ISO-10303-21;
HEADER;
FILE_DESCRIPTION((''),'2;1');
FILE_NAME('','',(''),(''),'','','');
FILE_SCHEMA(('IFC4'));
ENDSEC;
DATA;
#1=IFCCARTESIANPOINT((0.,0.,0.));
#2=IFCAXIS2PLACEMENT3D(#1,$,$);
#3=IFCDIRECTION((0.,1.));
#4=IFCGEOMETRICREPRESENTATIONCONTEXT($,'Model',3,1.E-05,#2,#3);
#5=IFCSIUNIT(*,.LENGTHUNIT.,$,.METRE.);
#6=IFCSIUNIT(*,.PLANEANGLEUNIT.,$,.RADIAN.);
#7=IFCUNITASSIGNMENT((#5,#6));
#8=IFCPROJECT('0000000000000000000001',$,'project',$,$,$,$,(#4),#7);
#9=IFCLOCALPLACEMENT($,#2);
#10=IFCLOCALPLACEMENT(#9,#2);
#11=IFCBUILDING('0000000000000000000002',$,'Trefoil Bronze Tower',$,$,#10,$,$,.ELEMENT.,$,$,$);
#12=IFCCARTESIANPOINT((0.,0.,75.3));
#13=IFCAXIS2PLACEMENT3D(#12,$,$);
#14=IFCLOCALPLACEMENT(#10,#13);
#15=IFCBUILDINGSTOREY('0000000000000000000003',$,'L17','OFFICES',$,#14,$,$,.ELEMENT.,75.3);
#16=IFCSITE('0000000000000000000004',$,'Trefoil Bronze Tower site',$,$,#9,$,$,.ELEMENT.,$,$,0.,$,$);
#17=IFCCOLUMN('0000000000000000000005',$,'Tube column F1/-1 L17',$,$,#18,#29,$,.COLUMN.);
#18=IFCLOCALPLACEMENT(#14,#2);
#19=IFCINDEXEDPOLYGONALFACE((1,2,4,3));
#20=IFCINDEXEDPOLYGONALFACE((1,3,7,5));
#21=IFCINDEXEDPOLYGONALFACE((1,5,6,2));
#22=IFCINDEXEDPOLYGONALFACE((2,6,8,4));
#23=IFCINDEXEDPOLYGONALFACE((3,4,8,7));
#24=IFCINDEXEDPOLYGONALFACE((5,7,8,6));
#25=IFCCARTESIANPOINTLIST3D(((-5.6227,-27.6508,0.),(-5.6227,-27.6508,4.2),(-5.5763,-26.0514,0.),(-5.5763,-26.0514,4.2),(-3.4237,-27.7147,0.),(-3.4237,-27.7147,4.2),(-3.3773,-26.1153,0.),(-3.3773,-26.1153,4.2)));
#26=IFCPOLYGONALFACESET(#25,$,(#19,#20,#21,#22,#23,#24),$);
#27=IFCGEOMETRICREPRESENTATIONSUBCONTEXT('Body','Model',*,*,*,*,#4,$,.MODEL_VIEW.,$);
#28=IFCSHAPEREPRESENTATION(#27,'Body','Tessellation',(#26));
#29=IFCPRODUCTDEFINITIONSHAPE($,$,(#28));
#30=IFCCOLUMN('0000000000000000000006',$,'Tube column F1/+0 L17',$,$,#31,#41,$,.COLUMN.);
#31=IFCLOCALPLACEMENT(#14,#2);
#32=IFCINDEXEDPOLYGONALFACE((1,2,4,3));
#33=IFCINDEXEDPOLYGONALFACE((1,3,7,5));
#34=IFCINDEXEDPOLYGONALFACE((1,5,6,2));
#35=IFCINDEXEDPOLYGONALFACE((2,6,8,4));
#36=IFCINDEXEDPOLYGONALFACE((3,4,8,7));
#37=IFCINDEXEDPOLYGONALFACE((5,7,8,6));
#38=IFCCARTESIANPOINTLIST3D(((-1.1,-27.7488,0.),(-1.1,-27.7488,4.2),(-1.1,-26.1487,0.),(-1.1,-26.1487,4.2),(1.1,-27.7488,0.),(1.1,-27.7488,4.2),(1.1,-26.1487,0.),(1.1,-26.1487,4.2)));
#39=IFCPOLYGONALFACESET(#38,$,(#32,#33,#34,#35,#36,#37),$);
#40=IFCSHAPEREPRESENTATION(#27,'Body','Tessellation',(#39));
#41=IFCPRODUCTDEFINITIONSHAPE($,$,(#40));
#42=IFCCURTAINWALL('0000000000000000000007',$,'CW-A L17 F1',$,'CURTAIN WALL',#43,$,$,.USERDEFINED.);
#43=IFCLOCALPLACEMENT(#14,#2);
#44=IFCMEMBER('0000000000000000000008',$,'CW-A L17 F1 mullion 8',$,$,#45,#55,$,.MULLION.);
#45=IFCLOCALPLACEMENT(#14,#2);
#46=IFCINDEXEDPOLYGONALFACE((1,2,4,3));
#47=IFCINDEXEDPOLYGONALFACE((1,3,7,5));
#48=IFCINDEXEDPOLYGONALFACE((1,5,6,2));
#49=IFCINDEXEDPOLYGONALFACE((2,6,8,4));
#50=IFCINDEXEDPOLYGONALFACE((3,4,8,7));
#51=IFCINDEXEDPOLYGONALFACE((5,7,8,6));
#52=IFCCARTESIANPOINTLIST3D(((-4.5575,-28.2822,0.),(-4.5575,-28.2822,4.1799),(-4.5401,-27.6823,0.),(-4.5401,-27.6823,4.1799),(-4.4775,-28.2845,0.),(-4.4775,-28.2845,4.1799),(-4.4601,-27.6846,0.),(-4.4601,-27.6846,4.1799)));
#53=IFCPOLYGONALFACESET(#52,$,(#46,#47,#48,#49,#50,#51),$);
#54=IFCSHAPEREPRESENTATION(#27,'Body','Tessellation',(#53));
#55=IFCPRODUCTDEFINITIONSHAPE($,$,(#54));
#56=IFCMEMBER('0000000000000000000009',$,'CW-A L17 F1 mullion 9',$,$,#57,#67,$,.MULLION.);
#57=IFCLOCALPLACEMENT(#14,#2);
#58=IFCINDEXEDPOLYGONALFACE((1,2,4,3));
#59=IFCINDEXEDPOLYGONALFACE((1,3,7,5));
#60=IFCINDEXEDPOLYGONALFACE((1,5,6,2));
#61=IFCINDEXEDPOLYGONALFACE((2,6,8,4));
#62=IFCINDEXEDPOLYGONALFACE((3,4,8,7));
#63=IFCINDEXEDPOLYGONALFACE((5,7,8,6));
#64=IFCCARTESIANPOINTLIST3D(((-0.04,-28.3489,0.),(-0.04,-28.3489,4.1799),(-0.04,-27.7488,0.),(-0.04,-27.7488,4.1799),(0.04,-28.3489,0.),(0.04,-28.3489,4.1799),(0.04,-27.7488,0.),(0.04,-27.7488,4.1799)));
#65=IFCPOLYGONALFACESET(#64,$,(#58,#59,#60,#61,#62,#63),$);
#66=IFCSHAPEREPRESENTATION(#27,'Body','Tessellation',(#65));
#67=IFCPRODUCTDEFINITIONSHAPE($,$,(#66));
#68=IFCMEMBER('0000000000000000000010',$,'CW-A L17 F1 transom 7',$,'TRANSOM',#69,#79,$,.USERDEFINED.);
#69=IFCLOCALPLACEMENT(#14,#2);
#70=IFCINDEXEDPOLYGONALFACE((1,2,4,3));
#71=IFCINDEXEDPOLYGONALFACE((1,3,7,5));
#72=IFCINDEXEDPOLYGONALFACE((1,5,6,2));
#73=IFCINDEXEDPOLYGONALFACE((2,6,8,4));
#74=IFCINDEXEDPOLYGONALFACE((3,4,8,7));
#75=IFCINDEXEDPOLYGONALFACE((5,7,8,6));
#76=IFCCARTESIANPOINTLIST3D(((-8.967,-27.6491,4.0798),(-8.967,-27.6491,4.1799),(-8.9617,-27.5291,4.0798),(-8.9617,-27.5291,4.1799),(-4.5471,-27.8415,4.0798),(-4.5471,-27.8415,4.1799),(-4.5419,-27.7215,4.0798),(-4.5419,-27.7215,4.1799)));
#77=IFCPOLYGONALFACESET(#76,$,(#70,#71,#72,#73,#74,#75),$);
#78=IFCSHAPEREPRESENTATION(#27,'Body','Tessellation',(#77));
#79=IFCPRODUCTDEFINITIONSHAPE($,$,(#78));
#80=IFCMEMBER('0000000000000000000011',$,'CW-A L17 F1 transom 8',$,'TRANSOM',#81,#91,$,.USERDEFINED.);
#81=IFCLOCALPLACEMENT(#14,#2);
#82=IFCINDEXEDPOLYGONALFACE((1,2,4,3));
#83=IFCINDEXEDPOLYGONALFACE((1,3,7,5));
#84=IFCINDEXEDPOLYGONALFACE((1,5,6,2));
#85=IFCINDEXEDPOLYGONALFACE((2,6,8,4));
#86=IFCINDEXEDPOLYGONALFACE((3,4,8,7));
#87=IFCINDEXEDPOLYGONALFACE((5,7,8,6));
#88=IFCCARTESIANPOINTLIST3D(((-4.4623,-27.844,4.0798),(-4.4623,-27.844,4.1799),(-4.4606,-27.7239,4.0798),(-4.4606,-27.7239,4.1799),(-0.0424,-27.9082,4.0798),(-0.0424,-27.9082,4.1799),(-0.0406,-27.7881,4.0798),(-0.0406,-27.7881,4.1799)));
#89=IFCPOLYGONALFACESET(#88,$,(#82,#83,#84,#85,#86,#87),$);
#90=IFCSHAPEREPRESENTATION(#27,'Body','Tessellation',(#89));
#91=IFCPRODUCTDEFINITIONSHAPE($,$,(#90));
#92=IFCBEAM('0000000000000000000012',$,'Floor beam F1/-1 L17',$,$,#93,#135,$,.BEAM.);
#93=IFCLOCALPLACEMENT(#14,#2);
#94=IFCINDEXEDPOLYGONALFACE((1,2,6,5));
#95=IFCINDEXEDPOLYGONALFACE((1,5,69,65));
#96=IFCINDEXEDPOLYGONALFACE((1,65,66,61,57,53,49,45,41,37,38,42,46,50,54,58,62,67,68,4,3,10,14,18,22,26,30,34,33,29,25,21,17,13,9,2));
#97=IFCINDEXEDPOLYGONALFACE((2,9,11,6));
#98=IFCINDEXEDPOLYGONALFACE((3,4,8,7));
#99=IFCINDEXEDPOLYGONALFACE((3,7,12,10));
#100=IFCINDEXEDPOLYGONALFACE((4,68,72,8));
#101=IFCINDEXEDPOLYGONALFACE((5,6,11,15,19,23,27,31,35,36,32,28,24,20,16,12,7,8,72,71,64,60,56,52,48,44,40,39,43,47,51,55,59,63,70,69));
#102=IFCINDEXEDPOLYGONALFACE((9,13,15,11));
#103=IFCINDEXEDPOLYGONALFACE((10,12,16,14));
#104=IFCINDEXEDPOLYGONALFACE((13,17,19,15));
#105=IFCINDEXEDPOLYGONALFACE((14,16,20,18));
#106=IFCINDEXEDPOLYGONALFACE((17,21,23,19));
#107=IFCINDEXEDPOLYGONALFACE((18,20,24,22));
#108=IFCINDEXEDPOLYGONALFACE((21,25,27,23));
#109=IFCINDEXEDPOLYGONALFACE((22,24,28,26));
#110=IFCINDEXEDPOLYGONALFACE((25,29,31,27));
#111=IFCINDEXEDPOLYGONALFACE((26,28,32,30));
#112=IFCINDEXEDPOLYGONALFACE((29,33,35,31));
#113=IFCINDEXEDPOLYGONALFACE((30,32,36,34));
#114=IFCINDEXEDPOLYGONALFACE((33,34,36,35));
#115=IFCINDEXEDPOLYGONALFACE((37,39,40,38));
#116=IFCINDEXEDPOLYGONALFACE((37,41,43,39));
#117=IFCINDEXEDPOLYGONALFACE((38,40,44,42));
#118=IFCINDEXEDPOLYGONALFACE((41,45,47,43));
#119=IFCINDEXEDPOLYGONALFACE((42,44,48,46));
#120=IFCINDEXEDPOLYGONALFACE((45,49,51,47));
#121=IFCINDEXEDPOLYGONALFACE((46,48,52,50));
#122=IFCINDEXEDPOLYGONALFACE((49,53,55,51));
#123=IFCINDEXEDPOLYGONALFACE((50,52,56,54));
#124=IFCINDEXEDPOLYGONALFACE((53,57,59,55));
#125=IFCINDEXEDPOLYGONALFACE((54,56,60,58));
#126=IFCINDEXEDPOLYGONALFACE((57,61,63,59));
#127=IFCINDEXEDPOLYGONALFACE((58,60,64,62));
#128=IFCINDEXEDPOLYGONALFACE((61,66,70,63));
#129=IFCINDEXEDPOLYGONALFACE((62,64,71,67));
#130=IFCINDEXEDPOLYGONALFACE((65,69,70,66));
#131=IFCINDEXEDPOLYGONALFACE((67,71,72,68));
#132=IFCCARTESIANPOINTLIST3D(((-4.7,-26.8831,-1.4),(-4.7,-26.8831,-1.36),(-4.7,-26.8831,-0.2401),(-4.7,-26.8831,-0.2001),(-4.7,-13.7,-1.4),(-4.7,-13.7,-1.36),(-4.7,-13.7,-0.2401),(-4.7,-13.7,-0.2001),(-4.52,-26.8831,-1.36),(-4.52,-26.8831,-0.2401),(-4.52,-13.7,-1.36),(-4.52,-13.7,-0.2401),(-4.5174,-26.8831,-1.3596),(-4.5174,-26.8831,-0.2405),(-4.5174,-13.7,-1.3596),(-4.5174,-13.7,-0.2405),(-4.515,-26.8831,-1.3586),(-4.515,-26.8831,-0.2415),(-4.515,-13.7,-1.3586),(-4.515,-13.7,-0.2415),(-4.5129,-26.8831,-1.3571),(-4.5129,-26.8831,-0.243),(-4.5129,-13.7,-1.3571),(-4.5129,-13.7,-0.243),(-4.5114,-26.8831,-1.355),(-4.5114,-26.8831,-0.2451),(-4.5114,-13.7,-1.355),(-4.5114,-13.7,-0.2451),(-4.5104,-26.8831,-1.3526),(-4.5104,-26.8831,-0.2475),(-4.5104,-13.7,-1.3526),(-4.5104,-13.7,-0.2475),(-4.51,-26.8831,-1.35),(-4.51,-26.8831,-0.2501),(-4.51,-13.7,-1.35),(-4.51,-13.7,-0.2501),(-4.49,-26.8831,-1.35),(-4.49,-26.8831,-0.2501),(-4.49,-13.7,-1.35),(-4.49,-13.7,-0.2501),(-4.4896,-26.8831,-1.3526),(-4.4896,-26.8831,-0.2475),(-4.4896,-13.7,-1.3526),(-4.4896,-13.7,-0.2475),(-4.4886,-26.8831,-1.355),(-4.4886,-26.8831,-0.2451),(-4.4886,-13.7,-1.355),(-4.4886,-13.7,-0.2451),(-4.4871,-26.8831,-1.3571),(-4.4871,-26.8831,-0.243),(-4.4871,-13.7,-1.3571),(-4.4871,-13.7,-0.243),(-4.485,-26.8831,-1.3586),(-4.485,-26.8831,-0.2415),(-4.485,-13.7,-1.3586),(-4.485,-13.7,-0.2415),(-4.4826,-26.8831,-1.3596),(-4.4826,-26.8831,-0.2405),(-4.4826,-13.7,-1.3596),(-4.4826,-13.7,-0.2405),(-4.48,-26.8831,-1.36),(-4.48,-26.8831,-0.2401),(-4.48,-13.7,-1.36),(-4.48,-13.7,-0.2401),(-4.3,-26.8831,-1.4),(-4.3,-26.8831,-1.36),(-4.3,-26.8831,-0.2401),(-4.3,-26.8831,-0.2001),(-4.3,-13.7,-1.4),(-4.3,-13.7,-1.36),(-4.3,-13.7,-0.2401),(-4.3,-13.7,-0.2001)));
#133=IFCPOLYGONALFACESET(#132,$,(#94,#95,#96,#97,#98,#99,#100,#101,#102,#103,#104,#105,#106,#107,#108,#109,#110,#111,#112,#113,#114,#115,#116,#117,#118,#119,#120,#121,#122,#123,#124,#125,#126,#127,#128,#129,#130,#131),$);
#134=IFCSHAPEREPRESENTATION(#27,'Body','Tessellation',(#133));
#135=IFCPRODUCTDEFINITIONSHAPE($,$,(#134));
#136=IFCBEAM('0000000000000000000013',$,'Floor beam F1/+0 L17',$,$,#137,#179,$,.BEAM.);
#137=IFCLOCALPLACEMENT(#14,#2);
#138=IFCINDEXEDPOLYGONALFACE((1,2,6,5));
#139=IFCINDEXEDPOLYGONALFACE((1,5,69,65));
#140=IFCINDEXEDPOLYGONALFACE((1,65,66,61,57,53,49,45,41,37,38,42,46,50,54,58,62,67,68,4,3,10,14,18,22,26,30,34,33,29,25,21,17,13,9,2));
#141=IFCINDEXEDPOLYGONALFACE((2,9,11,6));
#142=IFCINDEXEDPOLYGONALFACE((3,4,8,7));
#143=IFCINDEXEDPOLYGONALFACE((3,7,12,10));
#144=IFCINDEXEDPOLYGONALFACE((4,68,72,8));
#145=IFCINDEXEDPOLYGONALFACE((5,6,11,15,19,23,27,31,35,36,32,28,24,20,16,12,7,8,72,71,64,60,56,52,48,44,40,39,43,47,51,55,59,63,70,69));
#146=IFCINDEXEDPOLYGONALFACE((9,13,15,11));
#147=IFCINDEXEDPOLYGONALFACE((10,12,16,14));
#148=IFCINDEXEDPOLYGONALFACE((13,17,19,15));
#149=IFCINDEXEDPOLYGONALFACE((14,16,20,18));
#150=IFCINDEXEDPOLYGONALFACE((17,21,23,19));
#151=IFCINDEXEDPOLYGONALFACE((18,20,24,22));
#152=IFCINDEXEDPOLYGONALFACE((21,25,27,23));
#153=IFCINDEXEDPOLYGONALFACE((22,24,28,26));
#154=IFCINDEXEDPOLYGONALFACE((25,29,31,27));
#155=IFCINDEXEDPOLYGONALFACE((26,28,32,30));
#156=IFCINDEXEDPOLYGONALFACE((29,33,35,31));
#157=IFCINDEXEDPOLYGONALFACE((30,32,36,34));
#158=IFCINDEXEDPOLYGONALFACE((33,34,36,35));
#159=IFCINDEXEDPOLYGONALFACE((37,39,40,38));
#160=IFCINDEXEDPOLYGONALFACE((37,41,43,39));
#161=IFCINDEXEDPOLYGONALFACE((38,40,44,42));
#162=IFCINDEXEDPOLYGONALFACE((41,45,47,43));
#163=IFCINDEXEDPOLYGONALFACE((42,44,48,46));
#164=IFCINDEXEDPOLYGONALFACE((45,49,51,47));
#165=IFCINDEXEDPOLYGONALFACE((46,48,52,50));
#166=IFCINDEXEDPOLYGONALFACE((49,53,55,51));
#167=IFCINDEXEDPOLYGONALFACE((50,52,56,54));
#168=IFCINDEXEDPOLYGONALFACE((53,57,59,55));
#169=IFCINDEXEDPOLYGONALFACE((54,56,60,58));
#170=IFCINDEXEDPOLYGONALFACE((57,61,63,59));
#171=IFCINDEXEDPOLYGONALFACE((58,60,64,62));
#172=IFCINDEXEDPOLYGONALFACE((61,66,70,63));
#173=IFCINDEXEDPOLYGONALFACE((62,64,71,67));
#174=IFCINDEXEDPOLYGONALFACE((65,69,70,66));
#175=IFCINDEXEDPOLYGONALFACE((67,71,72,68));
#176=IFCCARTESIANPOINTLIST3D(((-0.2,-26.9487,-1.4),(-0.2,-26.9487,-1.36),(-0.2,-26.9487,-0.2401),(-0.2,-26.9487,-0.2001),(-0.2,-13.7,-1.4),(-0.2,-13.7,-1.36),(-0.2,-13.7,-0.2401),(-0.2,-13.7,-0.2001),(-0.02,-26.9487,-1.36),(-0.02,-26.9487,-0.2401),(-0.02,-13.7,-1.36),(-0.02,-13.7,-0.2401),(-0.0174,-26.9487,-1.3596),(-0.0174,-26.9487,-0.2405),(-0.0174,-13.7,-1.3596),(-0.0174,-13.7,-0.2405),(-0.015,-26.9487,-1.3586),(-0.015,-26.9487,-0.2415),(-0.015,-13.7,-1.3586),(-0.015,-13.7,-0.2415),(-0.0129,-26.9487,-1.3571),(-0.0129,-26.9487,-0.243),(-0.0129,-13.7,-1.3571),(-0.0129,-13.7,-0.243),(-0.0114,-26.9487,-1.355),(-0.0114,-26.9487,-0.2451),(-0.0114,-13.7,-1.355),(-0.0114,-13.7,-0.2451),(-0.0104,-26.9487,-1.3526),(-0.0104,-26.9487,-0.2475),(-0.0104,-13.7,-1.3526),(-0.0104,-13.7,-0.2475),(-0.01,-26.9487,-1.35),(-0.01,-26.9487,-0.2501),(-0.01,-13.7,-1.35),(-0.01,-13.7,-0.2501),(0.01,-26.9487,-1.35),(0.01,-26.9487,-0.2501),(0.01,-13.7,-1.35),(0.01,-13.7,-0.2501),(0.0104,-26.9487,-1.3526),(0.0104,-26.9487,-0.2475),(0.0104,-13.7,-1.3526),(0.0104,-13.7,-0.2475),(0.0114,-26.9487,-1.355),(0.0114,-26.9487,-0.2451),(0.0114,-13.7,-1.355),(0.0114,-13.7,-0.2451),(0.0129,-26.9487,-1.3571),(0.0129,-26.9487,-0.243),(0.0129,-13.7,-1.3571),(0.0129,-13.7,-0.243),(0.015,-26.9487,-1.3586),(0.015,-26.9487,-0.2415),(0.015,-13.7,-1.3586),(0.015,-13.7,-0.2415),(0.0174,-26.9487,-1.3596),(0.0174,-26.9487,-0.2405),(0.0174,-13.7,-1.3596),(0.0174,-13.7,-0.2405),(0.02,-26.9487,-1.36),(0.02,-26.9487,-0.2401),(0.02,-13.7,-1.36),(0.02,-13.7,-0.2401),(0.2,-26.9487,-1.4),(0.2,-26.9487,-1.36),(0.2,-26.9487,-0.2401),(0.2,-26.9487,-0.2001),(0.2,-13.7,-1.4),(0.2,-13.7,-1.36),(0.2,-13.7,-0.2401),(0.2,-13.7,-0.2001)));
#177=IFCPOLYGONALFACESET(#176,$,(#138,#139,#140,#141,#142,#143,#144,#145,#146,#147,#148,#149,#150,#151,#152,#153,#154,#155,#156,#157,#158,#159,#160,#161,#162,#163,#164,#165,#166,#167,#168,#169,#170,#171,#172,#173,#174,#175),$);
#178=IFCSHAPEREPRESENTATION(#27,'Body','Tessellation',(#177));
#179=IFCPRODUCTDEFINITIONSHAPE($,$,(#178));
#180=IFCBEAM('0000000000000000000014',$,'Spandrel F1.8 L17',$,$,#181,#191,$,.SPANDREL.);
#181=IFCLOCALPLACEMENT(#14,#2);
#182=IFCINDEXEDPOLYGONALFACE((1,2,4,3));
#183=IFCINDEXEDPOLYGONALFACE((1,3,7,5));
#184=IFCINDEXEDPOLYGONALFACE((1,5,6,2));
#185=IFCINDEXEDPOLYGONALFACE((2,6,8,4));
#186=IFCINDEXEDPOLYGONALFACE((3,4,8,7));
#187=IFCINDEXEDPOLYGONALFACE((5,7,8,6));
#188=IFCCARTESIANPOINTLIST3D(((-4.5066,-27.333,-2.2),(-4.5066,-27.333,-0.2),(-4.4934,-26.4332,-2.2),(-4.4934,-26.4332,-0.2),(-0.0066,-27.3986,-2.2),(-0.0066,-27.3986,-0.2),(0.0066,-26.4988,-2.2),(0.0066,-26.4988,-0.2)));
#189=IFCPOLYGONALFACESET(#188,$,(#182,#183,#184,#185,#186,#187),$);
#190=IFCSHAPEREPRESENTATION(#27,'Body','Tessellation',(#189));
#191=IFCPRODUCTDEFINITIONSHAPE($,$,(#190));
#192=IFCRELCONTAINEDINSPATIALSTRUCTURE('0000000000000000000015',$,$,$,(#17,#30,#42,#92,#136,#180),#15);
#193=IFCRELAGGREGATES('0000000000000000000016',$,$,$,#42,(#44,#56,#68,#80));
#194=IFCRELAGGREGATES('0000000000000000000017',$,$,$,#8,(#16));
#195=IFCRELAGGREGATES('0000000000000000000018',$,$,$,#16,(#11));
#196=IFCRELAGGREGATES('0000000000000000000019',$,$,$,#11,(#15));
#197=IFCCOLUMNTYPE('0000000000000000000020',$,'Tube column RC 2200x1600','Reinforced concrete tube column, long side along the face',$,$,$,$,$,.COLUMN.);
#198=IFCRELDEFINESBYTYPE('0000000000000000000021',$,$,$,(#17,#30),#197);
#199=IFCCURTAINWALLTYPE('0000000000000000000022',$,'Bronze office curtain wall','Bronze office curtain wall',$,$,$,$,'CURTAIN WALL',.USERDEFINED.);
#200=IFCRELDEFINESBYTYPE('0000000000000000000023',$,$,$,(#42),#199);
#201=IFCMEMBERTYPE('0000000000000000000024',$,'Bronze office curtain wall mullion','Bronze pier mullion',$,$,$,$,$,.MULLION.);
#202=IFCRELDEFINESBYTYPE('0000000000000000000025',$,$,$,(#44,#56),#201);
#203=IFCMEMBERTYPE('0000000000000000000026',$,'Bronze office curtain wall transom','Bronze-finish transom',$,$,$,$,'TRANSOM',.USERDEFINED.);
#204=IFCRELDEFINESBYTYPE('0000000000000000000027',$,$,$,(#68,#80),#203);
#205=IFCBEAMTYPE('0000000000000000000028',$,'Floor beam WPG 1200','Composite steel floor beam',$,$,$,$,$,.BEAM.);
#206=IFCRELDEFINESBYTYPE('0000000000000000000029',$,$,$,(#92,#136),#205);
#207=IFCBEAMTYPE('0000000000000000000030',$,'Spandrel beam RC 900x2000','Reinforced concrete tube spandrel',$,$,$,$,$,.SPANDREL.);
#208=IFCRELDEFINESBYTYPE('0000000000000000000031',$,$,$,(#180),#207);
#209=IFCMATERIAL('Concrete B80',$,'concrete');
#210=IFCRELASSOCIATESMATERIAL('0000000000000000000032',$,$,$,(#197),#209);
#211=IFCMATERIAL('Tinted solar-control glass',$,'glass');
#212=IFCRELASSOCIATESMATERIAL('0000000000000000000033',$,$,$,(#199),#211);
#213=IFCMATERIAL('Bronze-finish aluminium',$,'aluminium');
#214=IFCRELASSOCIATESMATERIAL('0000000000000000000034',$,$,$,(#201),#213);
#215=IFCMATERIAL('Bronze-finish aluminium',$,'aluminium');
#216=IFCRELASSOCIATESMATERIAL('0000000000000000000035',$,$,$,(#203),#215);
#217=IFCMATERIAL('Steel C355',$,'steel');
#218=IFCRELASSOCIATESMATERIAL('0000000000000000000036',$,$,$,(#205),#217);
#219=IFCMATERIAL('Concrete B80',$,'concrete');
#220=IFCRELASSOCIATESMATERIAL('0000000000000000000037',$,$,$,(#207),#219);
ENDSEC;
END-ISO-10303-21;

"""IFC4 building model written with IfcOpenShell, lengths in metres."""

from ifc_helpers import new_model, si_unit, direction, frame, origin, origin_2d, place, context, subcontext, project, spatial, rectangle, i_section, extrude, material, material_profile, profile_set, type_object, element, aggregate, save


model = new_model("IFC4")

# Units and contexts
model_context = context("Model", 3, precision=1e-05, world=origin(), true_north=direction((0.0, 1.0)))
body_context = subcontext(model_context, "Body", "Model", "MODEL_VIEW")
ifc_project = project(units=[si_unit("LENGTHUNIT", "METRE"), si_unit("PLANEANGLEUNIT", "RADIAN")], contexts=[model_context])

# Site, building, storey
site_placement = place(None, origin())
site = spatial("IfcSite", under=ifc_project, at=site_placement, Name="Trefoil Bronze Tower site", CompositionType="ELEMENT", RefElevation=0.0)
building_placement = place(site_placement, origin())
building = spatial("IfcBuilding", under=site, at=building_placement, Name="Trefoil Bronze Tower", CompositionType="ELEMENT")
storey_placement = place(building_placement, frame((0.0, 0.0, 75.3)))
storey = spatial("IfcBuildingStorey", under=building, at=storey_placement, Name="L17", Description="OFFICES", CompositionType="ELEMENT", Elevation=75.3)

# Columns
ifc_material_1 = material(Name="Concrete B80", Category="concrete")
ifc_material_profile_1 = material_profile(ifc_material_1, rectangle(XDim=2.2, YDim=1.6001, at=origin_2d()), Name="RC 2200x1600")
ifc_profile_set_1 = profile_set([ifc_material_profile_1], Name="Concrete B80")
column_type = type_object("IfcColumnType", Name="Tube column RC 2200x1600", Description="Reinforced concrete tube column, long side along the face", PredefinedType="COLUMN", material=ifc_profile_set_1)
for number, where, z_axis, x_axis, name in (
    (1, (-4.5, -26.8831, 0.0), (0.0, 0.0, 1.0), (0.999579, -0.029022, 0.0), "Tube column F1/-1 L17"),
    (2, (0.0, -26.9487, 0.0), (0.0, 0.0, 1.0), (1.0, 0.0, 0.0), "Tube column F1/+0 L17"),
):
    element("IfcColumn", number, at=place(storey_placement, frame(where, z_axis=z_axis, x_axis=x_axis)), inside=storey, type_object=column_type, Name=name, PredefinedType="COLUMN", context=body_context, shape_type="SweptSolid", body=[
        extrude(rectangle(XDim=2.2, YDim=1.6001, at=origin_2d()), origin(), (0.0, 0.0, 1.0), 4.2),
    ])

# Curtain wall, members
ifc_material_2 = material(Name="Tinted solar-control glass", Category="glass")
curtain_wall_type = type_object("IfcCurtainWallType", Name="Bronze office curtain wall", Description="Bronze office curtain wall", ElementType="CURTAIN WALL", PredefinedType="USERDEFINED", material=ifc_material_2)
curtain_wall_placement = place(storey_placement, origin())
curtain_wall = element("IfcCurtainWall", 3, at=curtain_wall_placement, inside=storey, type_object=curtain_wall_type, Name="CW-A L17 F1", ObjectType="CURTAIN WALL", PredefinedType="USERDEFINED")
ifc_material_3 = material(Name="Bronze-finish aluminium", Category="aluminium")
ifc_material_profile_2 = material_profile(ifc_material_3, rectangle(XDim=0.6001, YDim=0.0801, at=origin_2d()), Name="CW-A mullion")
ifc_profile_set_2 = profile_set([ifc_material_profile_2], Name="Bronze-finish aluminium")
member_type_1 = type_object("IfcMemberType", Name="Bronze office curtain wall mullion", Description="Bronze pier mullion", PredefinedType="MULLION", material=ifc_profile_set_2)
member_1_placement = place(storey_placement, frame((-4.5088, -27.9834, 0.0), z_axis=(0.0, 0.0, 1.0), x_axis=(0.029022, 0.999579, 0.0)))
member_1 = element("IfcMember", 4, at=member_1_placement, type_object=member_type_1, Name="CW-A L17 F1 mullion 8", PredefinedType="MULLION", context=body_context, shape_type="SweptSolid", body=[
    extrude(rectangle(XDim=0.6001, YDim=0.0801, at=origin_2d()), origin(), (0.0, 0.0, 1.0), 4.1799),
])
member_2_placement = place(storey_placement, frame((0.0, -28.0488, 0.0), z_axis=(0.0, 0.0, 1.0), x_axis=(0.0, 1.0, 0.0)))
member_2 = element("IfcMember", 5, at=member_2_placement, type_object=member_type_1, Name="CW-A L17 F1 mullion 9", PredefinedType="MULLION", context=body_context, shape_type="SweptSolid", body=[
    extrude(rectangle(XDim=0.6001, YDim=0.0801, at=origin_2d()), origin(), (0.0, 0.0, 1.0), 4.1799),
])
ifc_material_4 = material(Name="Bronze-finish aluminium", Category="aluminium")
ifc_material_profile_3 = material_profile(ifc_material_4, rectangle(XDim=0.1201, YDim=0.1001, at=origin_2d()), Name="CW-A transom")
ifc_profile_set_3 = profile_set([ifc_material_profile_3], Name="Bronze-finish aluminium")
member_type_2 = type_object("IfcMemberType", Name="Bronze office curtain wall transom", Description="Bronze-finish transom", ElementType="TRANSOM", PredefinedType="USERDEFINED", material=ifc_profile_set_3)
member_3_placement = place(storey_placement, frame((-8.9644, -27.5891, 4.1299), z_axis=(0.999054, -0.043485, 0.0), x_axis=(0.043485, 0.999054, 0.0)))
member_3 = element("IfcMember", 6, at=member_3_placement, type_object=member_type_2, Name="CW-A L17 F1 transom 7", ObjectType="TRANSOM", PredefinedType="USERDEFINED", context=body_context, shape_type="SweptSolid", body=[
    extrude(rectangle(XDim=0.1201, YDim=0.1001, at=origin_2d()), origin(), (0.0, 0.0, 1.0), 4.4241),
])
member_4_placement = place(storey_placement, frame((-4.4614, -27.7839, 4.1299), z_axis=(0.999894, -0.014526, 0.0), x_axis=(0.014526, 0.999894, 0.0)))
member_4 = element("IfcMember", 7, at=member_4_placement, type_object=member_type_2, Name="CW-A L17 F1 transom 8", ObjectType="TRANSOM", PredefinedType="USERDEFINED", context=body_context, shape_type="SweptSolid", body=[
    extrude(rectangle(XDim=0.1201, YDim=0.1001, at=origin_2d()), origin(), (0.0, 0.0, 1.0), 4.4204),
])

# Beams
ifc_material_5 = material(Name="Steel C355", Category="steel")
ifc_material_profile_4 = material_profile(ifc_material_5, i_section(OverallWidth=0.3999, OverallDepth=1.2, WebThickness=0.02, FlangeThickness=0.04, FilletRadius=0.01, at=origin_2d()), Name="WPG 1200")
ifc_profile_set_4 = profile_set([ifc_material_profile_4], Name="Steel C355")
beam_type_1 = type_object("IfcBeamType", Name="Floor beam WPG 1200", Description="Composite steel floor beam", PredefinedType="BEAM", material=ifc_profile_set_4)
beam_1_placement = place(storey_placement, frame((-4.5, -26.8831, -0.8), z_axis=(0.0, 1.0, 0.0), x_axis=(-1.0, 0.0, 0.0)))
element("IfcBeam", 8, at=beam_1_placement, inside=storey, type_object=beam_type_1, Name="Floor beam F1/-1 L17", PredefinedType="BEAM", context=body_context, shape_type="SweptSolid", body=[
    extrude(i_section(OverallWidth=0.3999, OverallDepth=1.2, WebThickness=0.02, FlangeThickness=0.04, FilletRadius=0.01, at=origin_2d()), origin(), (0.0, 0.0, 1.0), 13.1831),
])
beam_2_placement = place(storey_placement, frame((0.0, -26.9487, -0.8), z_axis=(0.0, 1.0, 0.0), x_axis=(-1.0, 0.0, 0.0)))
element("IfcBeam", 9, at=beam_2_placement, inside=storey, type_object=beam_type_1, Name="Floor beam F1/+0 L17", PredefinedType="BEAM", context=body_context, shape_type="SweptSolid", body=[
    extrude(i_section(OverallWidth=0.3999, OverallDepth=1.2, WebThickness=0.02, FlangeThickness=0.04, FilletRadius=0.01, at=origin_2d()), origin(), (0.0, 0.0, 1.0), 13.2488),
])
ifc_material_6 = material(Name="Concrete B80", Category="concrete")
ifc_material_profile_5 = material_profile(ifc_material_6, rectangle(XDim=0.8999, YDim=2.0, at=origin_2d()), Name="RC 900x2000")
ifc_profile_set_5 = profile_set([ifc_material_profile_5], Name="Concrete B80")
beam_type_2 = type_object("IfcBeamType", Name="Spandrel beam RC 900x2000", Description="Reinforced concrete tube spandrel", PredefinedType="SPANDREL", material=ifc_profile_set_5)
for number, where, z_axis, x_axis, name in (
    (10, (-4.5, -26.8831, -1.2), (0.999894, -0.014593, 0.0), (0.014593, 0.999894, 0.0), "Spandrel F1.8 L17"),
):
    element("IfcBeam", number, at=place(storey_placement, frame(where, z_axis=z_axis, x_axis=x_axis)), inside=storey, type_object=beam_type_2, Name=name, PredefinedType="SPANDREL", context=body_context, shape_type="SweptSolid", body=[
        extrude(rectangle(XDim=0.8999, YDim=2.0, at=origin_2d()), origin(), (0.0, 0.0, 1.0), 4.5005),
    ])

aggregate(curtain_wall, [member_1, member_2, member_3, member_4])

save(model, "model.ifc")
